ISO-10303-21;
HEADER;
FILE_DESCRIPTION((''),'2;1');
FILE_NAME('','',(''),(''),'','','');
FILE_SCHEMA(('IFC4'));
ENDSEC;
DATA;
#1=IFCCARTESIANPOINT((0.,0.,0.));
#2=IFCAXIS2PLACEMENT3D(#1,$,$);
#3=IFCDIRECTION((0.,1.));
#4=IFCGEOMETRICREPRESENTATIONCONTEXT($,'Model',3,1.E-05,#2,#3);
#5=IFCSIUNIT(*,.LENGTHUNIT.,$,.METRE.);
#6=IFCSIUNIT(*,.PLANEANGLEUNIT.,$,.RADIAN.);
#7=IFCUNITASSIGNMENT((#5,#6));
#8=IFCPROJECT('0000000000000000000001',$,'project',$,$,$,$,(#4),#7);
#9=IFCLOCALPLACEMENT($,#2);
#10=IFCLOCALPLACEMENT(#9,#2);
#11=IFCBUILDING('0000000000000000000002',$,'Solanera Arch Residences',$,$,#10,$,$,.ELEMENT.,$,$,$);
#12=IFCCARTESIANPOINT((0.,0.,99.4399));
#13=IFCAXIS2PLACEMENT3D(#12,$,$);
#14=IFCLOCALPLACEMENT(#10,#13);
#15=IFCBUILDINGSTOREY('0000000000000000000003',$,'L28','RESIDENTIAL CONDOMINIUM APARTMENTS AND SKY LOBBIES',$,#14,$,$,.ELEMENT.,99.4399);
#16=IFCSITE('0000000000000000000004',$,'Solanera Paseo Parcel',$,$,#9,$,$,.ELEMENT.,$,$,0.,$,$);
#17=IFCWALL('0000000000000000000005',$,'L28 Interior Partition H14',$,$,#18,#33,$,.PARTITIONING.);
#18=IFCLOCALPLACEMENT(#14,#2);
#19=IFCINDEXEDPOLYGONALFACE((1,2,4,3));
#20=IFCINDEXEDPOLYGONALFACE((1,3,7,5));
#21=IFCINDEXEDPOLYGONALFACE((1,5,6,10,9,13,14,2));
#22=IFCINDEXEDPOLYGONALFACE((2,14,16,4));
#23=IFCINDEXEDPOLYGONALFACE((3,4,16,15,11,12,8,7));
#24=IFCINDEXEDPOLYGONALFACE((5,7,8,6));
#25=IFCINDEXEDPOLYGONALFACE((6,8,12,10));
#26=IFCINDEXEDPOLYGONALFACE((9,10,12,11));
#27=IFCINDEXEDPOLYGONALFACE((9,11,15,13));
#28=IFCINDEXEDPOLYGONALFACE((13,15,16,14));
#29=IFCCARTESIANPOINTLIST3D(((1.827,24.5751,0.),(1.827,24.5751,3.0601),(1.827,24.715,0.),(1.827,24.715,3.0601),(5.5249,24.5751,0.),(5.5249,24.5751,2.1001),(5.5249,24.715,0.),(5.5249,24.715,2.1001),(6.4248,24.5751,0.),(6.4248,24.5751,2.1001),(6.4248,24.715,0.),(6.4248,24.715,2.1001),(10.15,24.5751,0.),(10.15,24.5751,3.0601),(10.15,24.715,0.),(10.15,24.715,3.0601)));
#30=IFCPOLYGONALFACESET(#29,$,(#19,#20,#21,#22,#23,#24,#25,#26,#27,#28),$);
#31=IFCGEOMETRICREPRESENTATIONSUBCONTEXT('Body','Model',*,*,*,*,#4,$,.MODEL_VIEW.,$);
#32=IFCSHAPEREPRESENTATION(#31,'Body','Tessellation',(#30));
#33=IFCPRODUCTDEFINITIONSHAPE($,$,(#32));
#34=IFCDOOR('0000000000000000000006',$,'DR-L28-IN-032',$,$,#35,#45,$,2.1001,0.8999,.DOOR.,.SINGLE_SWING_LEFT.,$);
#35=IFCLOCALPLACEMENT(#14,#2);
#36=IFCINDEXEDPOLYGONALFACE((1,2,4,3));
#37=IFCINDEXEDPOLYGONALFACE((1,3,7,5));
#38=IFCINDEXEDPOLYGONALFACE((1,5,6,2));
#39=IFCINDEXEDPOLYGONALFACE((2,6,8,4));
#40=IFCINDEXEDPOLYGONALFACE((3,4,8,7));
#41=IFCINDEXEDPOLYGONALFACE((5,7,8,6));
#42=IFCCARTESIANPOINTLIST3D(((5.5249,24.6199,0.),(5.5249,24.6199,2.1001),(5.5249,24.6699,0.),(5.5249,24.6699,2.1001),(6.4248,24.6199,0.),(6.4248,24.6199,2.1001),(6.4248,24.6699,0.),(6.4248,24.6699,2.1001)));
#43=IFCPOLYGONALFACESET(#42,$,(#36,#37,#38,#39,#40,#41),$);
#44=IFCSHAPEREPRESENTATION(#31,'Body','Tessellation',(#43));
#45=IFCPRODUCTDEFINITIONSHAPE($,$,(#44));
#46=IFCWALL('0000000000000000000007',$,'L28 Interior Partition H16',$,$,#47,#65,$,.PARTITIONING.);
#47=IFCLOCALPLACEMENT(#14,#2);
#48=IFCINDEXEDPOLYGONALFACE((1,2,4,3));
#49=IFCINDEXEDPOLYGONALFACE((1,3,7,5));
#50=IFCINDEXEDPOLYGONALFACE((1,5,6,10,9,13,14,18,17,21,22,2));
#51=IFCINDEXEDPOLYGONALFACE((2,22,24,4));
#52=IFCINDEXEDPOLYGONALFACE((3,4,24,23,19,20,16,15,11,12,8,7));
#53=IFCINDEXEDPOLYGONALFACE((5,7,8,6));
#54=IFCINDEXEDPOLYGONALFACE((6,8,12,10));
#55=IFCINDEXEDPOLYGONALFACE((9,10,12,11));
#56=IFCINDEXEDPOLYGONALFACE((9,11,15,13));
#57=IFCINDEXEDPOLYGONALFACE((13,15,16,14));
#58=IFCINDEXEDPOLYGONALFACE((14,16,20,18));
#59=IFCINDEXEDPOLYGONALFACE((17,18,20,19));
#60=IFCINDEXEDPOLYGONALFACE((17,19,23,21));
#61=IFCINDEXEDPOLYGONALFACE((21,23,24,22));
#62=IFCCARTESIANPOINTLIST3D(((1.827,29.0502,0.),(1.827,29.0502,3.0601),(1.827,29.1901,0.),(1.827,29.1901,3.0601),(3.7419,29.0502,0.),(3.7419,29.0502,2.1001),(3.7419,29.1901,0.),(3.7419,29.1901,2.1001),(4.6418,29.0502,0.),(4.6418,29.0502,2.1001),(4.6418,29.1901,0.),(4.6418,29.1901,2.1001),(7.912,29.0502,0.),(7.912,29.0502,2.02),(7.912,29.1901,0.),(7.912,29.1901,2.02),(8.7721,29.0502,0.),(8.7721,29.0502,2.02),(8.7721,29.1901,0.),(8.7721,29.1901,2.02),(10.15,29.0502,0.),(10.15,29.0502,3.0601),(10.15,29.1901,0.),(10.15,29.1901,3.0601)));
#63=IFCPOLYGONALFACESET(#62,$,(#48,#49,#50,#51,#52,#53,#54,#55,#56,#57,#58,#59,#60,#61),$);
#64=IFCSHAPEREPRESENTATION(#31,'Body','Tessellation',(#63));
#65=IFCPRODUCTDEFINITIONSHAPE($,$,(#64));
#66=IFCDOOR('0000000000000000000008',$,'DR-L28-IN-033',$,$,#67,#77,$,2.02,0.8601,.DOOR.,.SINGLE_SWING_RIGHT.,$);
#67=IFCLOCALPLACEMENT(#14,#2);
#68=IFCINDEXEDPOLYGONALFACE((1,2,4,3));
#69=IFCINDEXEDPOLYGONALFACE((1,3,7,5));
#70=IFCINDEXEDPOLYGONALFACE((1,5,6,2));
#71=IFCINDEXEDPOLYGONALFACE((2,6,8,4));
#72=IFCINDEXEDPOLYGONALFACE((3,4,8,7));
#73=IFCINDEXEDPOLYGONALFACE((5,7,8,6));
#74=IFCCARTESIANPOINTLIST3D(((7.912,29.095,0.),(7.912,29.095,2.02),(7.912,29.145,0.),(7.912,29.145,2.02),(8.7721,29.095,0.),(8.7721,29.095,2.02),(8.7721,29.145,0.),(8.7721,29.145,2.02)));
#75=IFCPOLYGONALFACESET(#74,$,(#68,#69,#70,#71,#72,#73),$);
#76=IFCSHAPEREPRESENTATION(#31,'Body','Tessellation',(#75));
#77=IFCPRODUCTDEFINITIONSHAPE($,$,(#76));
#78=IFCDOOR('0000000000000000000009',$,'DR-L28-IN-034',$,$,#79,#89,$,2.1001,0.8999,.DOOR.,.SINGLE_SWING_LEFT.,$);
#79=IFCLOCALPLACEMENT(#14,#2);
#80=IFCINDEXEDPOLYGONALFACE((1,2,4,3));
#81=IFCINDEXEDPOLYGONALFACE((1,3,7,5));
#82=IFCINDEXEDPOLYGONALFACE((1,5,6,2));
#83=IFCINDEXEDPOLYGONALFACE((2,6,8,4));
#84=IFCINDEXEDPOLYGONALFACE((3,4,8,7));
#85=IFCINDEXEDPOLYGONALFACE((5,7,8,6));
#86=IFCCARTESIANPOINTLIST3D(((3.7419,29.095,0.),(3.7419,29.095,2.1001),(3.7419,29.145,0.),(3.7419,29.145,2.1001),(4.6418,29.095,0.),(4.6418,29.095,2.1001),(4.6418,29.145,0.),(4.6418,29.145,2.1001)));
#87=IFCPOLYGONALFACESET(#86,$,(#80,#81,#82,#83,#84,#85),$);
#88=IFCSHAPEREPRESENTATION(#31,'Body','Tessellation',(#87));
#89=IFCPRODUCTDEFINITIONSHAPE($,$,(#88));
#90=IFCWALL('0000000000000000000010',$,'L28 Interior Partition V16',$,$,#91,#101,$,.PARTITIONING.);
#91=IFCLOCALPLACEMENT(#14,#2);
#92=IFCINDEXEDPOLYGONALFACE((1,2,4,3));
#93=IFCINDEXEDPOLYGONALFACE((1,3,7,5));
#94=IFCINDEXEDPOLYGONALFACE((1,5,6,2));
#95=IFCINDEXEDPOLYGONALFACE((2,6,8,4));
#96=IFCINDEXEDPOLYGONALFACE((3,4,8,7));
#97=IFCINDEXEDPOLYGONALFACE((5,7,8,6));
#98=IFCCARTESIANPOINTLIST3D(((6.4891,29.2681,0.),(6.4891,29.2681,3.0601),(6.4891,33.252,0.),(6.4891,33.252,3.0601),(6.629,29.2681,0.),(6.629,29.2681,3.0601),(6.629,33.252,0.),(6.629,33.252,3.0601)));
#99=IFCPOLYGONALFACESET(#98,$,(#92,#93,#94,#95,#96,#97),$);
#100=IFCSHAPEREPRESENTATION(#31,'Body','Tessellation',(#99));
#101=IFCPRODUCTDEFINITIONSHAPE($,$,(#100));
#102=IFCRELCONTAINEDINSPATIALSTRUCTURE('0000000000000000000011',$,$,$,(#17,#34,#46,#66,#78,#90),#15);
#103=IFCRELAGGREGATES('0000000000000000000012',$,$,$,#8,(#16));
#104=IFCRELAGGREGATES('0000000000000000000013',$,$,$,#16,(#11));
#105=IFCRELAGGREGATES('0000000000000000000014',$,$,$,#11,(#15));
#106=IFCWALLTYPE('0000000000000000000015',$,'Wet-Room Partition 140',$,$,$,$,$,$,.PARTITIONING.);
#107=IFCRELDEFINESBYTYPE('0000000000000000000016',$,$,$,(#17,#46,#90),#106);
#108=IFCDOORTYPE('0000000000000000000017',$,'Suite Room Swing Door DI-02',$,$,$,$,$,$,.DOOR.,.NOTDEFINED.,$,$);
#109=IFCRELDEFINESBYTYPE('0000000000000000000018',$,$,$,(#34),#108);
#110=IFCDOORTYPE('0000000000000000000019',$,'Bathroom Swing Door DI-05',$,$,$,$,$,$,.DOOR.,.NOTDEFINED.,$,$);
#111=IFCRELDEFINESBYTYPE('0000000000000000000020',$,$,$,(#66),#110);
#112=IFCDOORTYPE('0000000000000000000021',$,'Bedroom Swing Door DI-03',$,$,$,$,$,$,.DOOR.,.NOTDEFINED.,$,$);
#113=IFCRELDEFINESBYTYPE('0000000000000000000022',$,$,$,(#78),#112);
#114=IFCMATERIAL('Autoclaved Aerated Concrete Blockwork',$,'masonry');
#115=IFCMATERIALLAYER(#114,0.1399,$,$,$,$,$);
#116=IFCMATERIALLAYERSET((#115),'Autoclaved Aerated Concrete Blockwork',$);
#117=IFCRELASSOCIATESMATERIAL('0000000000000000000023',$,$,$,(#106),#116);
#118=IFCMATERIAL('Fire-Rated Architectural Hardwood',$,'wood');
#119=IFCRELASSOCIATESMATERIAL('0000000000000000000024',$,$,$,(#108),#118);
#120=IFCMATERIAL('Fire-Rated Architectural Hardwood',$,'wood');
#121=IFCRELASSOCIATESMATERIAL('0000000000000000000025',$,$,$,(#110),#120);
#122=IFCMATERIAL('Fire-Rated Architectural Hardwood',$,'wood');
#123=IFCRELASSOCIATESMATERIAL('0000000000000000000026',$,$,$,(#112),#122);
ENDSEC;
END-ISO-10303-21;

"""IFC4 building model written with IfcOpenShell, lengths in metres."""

from ifc_helpers import new_model, si_unit, direction, frame, frame_2d, origin, place, context, subcontext, project, spatial, rectangle, extrude, material, layer, layer_set, type_object, element, fill, save


model = new_model("IFC4")

# Units and contexts
model_context = context("Model", 3, precision=1e-05, world=origin(), true_north=direction((0.0, 1.0)))
body_context = subcontext(model_context, "Body", "Model", "MODEL_VIEW")
ifc_project = project(units=[si_unit("LENGTHUNIT", "METRE"), si_unit("PLANEANGLEUNIT", "RADIAN")], contexts=[model_context])

# Site, building, storey
site_placement = place(None, origin())
site = spatial("IfcSite", under=ifc_project, at=site_placement, Name="Solanera Paseo Parcel", CompositionType="ELEMENT", RefElevation=0.0)
building_placement = place(site_placement, origin())
building = spatial("IfcBuilding", under=site, at=building_placement, Name="Solanera Arch Residences", CompositionType="ELEMENT")
storey_placement = place(building_placement, frame((0.0, 0.0, 99.4399)))
storey = spatial("IfcBuildingStorey", under=building, at=storey_placement, Name="L28", Description="RESIDENTIAL CONDOMINIUM APARTMENTS AND SKY LOBBIES", CompositionType="ELEMENT", Elevation=99.4399)

# Wall, opening, door
ifc_material_1 = material(Name="Autoclaved Aerated Concrete Blockwork", Category="masonry")
ifc_layer_1 = layer(ifc_material_1, 0.1399)
ifc_layer_set_1 = layer_set([ifc_layer_1], Name="Autoclaved Aerated Concrete Blockwork")
wall_type_1 = type_object("IfcWallType", Name="Wet-Room Partition 140", PredefinedType="PARTITIONING", material=ifc_layer_set_1)
wall_1_placement = place(storey_placement, frame((1.8269, 24.645, 0.0), z_axis=(0.0, 0.0, 1.0), x_axis=(1.0, 0.0, 0.0)))
wall_1 = element("IfcWall", 1, at=wall_1_placement, inside=storey, type_object=wall_type_1, Name="L28 Interior Partition H14", PredefinedType="PARTITIONING", context=body_context, shape_type="SweptSolid", body=[
    extrude(rectangle(XDim=8.323, YDim=0.1399, at=frame_2d((4.1616, 0.0))), origin(), (0.0, 0.0, 1.0), 3.0601),
])
opening_1_placement = place(wall_1_placement, frame((3.698, 0.0, 0.0)))
opening_1 = element("IfcOpeningElement", 2, at=opening_1_placement, cuts=wall_1, PredefinedType="OPENING", context=body_context, shape_type="SweptSolid", body=[
    extrude(rectangle(XDim=0.8999, YDim=2.1001, at=frame_2d((0.45, 1.05))), frame((0.0, 0.0798, 0.0), z_axis=(0.0, -1.0, 0.0), x_axis=(1.0, 0.0, 0.0)), (0.0, 0.0, 1.0), 0.1599),
])
ifc_material_2 = material(Name="Fire-Rated Architectural Hardwood", Category="wood")
door_type_1 = type_object("IfcDoorType", Name="Suite Room Swing Door DI-02", OperationType="NOTDEFINED", PredefinedType="DOOR", material=ifc_material_2)
door_1_placement = place(opening_1_placement, origin())
door_1 = element("IfcDoor", 3, at=door_1_placement, inside=storey, type_object=door_type_1, Name="DR-L28-IN-032", OperationType="SINGLE_SWING_LEFT", OverallHeight=2.1001, OverallWidth=0.8999, PredefinedType="DOOR", context=body_context, shape_type="SweptSolid", body=[
    extrude(rectangle(XDim=0.8999, YDim=2.1001, at=frame_2d((0.45, 1.05))), frame((0.0, 0.0249, 0.0), z_axis=(0.0, -1.0, 0.0), x_axis=(1.0, 0.0, 0.0)), (0.0, 0.0, 1.0), 0.05),
])
fill(opening_1, door_1)

# Wall, openings, doors
wall_2_placement = place(storey_placement, frame((1.8269, 29.1201, 0.0), z_axis=(0.0, 0.0, 1.0), x_axis=(1.0, 0.0, 0.0)))
wall_2 = element("IfcWall", 4, at=wall_2_placement, inside=storey, type_object=wall_type_1, Name="L28 Interior Partition H16", PredefinedType="PARTITIONING", context=body_context, shape_type="SweptSolid", body=[
    extrude(rectangle(XDim=8.323, YDim=0.1399, at=frame_2d((4.1616, 0.0))), origin(), (0.0, 0.0, 1.0), 3.0601),
])
opening_2_placement = place(wall_2_placement, frame((6.085, 0.0, 0.0)))
opening_2 = element("IfcOpeningElement", 5, at=opening_2_placement, cuts=wall_2, PredefinedType="OPENING", context=body_context, shape_type="SweptSolid", body=[
    extrude(rectangle(XDim=0.8601, YDim=2.02, at=frame_2d((0.4302, 1.01))), frame((0.0, 0.0798, 0.0), z_axis=(0.0, -1.0, 0.0), x_axis=(1.0, 0.0, 0.0)), (0.0, 0.0, 1.0), 0.1599),
])
opening_3_placement = place(wall_2_placement, frame((1.915, 0.0, 0.0)))
opening_3 = element("IfcOpeningElement", 6, at=opening_3_placement, cuts=wall_2, PredefinedType="OPENING", context=body_context, shape_type="SweptSolid", body=[
    extrude(rectangle(XDim=0.8999, YDim=2.1001, at=frame_2d((0.45, 1.05))), frame((0.0, 0.0798, 0.0), z_axis=(0.0, -1.0, 0.0), x_axis=(1.0, 0.0, 0.0)), (0.0, 0.0, 1.0), 0.1599),
])
ifc_material_3 = material(Name="Fire-Rated Architectural Hardwood", Category="wood")
door_type_2 = type_object("IfcDoorType", Name="Bathroom Swing Door DI-05", OperationType="NOTDEFINED", PredefinedType="DOOR", material=ifc_material_3)
door_2_placement = place(opening_2_placement, origin())
door_2 = element("IfcDoor", 7, at=door_2_placement, inside=storey, type_object=door_type_2, Name="DR-L28-IN-033", OperationType="SINGLE_SWING_RIGHT", OverallHeight=2.02, OverallWidth=0.8601, PredefinedType="DOOR", context=body_context, shape_type="SweptSolid", body=[
    extrude(rectangle(XDim=0.8601, YDim=2.02, at=frame_2d((0.4302, 1.01))), frame((0.0, 0.0249, 0.0), z_axis=(0.0, -1.0, 0.0), x_axis=(1.0, 0.0, 0.0)), (0.0, 0.0, 1.0), 0.05),
])
fill(opening_2, door_2)
ifc_material_4 = material(Name="Fire-Rated Architectural Hardwood", Category="wood")
door_type_3 = type_object("IfcDoorType", Name="Bedroom Swing Door DI-03", OperationType="NOTDEFINED", PredefinedType="DOOR", material=ifc_material_4)
door_3_placement = place(opening_3_placement, origin())
door_3 = element("IfcDoor", 8, at=door_3_placement, inside=storey, type_object=door_type_3, Name="DR-L28-IN-034", OperationType="SINGLE_SWING_LEFT", OverallHeight=2.1001, OverallWidth=0.8999, PredefinedType="DOOR", context=body_context, shape_type="SweptSolid", body=[
    extrude(rectangle(XDim=0.8999, YDim=2.1001, at=frame_2d((0.45, 1.05))), frame((0.0, 0.0249, 0.0), z_axis=(0.0, -1.0, 0.0), x_axis=(1.0, 0.0, 0.0)), (0.0, 0.0, 1.0), 0.05),
])
fill(opening_3, door_3)

# Wall
wall_3_placement = place(storey_placement, frame((6.5591, 29.2681, 0.0), z_axis=(0.0, 0.0, 1.0), x_axis=(0.0, 1.0, 0.0)))
element("IfcWall", 9, at=wall_3_placement, inside=storey, type_object=wall_type_1, Name="L28 Interior Partition V16", PredefinedType="PARTITIONING", context=body_context, shape_type="SweptSolid", body=[
    extrude(rectangle(XDim=3.9839, YDim=0.1399, at=frame_2d((1.9919, 0.0))), origin(), (0.0, 0.0, 1.0), 3.0601),
])

save(model, "model.ifc")
